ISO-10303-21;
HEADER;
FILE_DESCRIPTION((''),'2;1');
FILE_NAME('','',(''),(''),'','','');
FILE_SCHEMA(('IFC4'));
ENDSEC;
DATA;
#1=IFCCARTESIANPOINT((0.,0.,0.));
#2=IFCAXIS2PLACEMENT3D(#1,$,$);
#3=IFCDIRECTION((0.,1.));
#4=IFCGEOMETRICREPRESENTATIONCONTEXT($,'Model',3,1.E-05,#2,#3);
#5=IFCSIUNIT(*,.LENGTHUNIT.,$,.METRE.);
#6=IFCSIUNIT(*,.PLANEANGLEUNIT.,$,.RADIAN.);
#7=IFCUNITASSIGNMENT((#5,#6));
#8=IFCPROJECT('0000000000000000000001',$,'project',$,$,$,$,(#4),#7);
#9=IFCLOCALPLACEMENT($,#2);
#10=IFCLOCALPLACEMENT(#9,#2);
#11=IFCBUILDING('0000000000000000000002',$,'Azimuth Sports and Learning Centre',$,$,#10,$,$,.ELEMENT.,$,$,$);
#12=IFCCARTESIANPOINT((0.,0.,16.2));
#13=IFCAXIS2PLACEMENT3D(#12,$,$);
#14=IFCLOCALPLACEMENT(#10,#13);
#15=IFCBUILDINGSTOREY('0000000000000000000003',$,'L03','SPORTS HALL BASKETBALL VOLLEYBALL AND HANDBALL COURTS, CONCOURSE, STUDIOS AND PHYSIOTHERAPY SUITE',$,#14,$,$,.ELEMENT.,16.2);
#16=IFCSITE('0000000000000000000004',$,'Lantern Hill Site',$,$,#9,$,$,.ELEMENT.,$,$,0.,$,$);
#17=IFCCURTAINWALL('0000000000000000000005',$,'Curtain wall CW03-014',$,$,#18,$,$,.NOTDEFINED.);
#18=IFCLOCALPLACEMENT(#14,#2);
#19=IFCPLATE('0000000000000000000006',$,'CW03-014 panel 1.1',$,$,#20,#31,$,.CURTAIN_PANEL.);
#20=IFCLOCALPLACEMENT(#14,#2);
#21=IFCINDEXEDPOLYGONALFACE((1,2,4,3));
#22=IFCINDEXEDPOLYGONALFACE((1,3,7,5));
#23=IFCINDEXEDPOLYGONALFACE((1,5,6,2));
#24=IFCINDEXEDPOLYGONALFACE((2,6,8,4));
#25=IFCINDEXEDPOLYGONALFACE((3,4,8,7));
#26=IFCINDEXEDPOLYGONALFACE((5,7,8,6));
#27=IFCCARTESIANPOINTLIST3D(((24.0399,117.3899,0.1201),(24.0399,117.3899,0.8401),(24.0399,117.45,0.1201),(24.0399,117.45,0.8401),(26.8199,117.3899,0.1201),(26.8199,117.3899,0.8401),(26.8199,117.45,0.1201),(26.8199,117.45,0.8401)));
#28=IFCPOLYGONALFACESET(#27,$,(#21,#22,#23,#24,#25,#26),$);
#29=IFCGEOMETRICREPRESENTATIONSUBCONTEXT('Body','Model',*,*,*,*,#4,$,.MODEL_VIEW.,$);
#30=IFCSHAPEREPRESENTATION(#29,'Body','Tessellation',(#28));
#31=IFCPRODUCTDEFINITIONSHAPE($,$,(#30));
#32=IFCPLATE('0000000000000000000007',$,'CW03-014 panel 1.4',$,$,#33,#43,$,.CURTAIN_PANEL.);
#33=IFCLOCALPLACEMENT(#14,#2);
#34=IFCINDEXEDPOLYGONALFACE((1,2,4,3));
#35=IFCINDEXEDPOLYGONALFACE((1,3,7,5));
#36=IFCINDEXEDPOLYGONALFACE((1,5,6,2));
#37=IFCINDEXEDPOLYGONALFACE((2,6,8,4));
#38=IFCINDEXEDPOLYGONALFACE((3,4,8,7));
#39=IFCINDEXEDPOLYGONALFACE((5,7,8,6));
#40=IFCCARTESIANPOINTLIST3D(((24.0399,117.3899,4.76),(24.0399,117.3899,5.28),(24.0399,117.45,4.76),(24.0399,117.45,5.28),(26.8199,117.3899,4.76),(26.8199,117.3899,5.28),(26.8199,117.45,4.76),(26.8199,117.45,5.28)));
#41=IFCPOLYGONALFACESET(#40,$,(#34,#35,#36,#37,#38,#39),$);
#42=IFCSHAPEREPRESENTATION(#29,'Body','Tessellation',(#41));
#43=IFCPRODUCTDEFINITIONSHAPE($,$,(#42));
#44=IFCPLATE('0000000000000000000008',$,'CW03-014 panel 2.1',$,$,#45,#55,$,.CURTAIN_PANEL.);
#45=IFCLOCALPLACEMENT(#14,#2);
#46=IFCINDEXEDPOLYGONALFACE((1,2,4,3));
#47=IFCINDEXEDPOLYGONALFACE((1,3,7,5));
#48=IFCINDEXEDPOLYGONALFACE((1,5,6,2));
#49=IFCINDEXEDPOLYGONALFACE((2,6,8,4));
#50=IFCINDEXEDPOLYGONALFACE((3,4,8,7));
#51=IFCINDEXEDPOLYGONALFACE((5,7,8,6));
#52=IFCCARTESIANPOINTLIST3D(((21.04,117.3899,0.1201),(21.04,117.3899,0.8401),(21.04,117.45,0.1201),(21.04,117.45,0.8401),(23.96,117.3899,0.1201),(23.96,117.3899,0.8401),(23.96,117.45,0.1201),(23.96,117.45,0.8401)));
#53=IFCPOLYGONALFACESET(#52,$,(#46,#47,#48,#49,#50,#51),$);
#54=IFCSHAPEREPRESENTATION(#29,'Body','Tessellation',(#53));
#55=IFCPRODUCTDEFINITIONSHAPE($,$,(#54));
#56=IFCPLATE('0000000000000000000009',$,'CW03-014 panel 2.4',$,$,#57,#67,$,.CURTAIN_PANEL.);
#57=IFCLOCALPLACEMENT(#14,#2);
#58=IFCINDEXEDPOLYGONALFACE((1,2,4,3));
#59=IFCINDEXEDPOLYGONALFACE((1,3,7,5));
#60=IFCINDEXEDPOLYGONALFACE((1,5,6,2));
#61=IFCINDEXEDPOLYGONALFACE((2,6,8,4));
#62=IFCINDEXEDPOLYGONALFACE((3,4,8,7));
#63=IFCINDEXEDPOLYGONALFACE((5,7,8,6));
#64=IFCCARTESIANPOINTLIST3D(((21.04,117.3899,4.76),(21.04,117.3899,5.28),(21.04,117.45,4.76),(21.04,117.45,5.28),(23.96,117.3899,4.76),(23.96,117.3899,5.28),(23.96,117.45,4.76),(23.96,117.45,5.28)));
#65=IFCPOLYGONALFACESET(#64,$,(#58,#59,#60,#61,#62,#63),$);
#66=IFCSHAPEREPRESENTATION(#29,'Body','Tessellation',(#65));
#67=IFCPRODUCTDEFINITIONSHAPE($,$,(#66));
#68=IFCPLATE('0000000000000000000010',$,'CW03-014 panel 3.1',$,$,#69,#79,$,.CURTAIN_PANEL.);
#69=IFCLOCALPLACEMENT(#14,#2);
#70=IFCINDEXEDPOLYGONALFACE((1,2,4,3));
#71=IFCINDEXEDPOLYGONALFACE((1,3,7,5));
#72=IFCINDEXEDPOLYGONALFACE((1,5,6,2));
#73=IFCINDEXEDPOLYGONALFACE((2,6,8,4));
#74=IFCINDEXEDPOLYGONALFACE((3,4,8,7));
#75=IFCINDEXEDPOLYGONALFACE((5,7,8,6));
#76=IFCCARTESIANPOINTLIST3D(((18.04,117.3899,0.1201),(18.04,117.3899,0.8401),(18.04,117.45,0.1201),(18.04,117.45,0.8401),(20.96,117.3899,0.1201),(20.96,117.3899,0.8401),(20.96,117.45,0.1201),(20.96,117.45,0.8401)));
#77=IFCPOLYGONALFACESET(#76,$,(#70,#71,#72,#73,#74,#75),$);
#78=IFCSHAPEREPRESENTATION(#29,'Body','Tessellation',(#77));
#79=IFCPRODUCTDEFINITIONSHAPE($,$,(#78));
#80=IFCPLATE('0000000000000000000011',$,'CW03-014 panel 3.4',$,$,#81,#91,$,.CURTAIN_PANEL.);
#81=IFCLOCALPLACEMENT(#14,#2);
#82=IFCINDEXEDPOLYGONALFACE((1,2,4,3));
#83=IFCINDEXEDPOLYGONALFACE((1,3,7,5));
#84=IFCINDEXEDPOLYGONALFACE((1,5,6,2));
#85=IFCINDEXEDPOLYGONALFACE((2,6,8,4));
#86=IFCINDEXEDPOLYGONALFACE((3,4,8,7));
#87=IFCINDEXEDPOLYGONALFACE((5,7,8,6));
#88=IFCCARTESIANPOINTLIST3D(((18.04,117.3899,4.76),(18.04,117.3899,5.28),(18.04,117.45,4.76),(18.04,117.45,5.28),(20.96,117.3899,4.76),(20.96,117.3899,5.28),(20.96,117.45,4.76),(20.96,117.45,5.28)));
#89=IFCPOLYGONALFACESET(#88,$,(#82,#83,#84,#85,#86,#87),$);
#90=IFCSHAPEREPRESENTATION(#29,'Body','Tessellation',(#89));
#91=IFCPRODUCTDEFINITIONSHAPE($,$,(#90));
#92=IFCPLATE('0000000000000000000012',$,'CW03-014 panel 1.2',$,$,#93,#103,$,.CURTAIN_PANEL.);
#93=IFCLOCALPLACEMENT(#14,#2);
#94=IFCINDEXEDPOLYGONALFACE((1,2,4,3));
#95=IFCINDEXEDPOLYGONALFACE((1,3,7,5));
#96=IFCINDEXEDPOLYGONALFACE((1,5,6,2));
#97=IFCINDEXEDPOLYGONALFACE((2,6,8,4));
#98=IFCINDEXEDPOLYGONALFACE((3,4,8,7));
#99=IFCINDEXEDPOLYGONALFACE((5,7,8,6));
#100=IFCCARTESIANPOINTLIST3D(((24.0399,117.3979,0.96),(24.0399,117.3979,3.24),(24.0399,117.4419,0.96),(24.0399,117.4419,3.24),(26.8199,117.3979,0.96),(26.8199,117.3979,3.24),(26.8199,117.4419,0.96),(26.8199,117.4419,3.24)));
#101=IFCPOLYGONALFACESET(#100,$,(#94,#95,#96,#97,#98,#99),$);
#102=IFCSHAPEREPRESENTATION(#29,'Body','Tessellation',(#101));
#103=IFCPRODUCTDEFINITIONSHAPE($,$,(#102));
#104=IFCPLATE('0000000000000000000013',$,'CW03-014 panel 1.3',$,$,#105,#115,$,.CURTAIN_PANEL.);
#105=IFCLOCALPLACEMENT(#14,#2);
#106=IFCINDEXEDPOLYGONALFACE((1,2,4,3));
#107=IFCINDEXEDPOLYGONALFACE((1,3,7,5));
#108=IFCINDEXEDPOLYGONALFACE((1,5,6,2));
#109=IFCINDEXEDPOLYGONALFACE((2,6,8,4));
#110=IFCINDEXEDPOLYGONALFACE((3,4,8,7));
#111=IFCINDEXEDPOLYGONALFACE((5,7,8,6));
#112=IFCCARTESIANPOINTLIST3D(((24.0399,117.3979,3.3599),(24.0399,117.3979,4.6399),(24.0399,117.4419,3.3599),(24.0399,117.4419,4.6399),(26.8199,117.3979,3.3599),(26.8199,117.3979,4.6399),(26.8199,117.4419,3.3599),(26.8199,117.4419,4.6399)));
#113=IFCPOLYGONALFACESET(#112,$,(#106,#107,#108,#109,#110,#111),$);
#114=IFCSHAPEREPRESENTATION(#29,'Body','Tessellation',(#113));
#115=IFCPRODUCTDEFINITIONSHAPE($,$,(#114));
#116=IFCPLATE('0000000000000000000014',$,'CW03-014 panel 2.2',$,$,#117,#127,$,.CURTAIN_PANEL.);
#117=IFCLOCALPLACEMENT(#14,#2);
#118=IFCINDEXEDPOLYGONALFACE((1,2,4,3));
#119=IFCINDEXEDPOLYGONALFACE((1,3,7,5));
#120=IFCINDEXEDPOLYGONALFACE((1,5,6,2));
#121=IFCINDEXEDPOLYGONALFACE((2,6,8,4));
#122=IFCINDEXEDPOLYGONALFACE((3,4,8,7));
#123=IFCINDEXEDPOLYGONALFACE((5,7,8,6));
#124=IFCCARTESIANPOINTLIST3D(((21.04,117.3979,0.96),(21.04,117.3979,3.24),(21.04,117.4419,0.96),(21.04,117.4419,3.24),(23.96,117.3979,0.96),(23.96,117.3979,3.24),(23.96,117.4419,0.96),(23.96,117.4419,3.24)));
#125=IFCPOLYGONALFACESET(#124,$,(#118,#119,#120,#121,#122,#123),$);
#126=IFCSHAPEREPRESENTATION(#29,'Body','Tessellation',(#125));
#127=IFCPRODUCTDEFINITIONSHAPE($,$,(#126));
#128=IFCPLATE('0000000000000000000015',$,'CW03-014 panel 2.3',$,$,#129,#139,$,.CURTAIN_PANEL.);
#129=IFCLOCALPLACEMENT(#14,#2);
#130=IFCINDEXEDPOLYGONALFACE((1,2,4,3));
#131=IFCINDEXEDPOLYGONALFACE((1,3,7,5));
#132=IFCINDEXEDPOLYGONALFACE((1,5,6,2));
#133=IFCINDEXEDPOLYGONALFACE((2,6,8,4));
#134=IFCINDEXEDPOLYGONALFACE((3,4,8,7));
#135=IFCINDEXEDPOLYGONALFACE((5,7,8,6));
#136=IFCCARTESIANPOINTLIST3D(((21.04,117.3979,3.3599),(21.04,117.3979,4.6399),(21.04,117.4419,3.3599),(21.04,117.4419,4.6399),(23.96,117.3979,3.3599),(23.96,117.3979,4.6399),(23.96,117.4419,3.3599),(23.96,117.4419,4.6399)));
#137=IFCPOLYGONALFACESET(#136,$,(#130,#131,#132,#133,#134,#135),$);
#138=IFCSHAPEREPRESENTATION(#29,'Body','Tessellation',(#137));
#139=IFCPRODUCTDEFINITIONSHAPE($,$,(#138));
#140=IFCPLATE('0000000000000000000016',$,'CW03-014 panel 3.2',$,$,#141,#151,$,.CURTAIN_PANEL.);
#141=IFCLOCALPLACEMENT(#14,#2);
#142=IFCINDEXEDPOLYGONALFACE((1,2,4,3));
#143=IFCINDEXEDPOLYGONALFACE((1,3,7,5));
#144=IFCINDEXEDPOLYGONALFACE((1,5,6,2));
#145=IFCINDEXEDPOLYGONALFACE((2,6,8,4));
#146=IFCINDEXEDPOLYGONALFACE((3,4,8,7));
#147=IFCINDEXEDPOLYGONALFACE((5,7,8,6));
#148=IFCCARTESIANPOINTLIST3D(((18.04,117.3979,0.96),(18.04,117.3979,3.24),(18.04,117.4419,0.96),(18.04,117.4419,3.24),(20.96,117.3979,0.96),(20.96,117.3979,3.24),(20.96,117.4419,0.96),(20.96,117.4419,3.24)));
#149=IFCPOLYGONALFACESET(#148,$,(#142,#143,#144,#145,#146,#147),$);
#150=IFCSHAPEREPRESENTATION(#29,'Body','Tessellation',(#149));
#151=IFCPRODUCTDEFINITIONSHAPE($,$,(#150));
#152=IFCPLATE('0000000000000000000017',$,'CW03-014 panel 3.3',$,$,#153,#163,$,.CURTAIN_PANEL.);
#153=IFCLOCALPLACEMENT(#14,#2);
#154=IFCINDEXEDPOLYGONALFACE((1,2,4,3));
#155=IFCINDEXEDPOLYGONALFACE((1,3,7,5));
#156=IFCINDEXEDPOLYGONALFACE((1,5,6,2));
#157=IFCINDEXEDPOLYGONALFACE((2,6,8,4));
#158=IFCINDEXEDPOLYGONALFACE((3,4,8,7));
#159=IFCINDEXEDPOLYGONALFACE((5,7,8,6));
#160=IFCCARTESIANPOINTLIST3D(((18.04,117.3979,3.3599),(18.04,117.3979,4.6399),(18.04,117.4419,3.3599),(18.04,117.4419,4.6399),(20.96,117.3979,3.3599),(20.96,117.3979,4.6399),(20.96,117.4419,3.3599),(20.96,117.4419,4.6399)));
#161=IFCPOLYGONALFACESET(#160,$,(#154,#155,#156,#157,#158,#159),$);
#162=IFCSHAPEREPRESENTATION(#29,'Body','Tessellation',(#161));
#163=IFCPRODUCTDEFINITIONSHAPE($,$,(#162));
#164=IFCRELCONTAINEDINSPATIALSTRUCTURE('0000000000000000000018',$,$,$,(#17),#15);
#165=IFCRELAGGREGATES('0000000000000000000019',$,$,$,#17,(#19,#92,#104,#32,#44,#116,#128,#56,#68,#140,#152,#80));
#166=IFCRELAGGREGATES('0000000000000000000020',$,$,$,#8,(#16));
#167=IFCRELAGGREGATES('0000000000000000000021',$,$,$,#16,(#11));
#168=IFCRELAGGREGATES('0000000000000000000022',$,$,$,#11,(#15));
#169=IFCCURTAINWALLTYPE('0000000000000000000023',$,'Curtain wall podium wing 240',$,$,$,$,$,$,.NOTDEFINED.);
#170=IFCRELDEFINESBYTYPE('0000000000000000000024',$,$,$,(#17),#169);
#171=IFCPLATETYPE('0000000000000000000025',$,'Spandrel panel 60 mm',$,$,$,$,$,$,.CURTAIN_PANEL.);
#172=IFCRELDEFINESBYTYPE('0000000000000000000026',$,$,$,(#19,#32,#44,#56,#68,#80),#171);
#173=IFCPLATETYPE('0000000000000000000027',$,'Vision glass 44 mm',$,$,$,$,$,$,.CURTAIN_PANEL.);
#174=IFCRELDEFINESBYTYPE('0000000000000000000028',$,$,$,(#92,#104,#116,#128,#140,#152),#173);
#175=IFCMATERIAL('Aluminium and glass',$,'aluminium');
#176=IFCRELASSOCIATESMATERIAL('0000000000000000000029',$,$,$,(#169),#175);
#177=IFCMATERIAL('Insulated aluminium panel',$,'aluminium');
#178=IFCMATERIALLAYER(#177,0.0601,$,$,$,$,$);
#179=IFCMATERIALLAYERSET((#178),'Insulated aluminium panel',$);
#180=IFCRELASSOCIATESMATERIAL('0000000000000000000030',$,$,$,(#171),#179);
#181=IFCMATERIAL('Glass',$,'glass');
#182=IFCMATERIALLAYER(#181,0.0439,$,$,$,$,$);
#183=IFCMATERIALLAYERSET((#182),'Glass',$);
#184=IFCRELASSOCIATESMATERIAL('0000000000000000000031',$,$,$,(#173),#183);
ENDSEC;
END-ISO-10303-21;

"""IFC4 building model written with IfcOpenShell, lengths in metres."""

from ifc_helpers import new_model, si_unit, direction, frame, origin, origin_2d, place, context, subcontext, project, spatial, rectangle, extrude, material, layer, layer_set, type_object, element, aggregate, save


model = new_model("IFC4")

# Units and contexts
model_context = context("Model", 3, precision=1e-05, world=origin(), true_north=direction((0.0, 1.0)))
body_context = subcontext(model_context, "Body", "Model", "MODEL_VIEW")
ifc_project = project(units=[si_unit("LENGTHUNIT", "METRE"), si_unit("PLANEANGLEUNIT", "RADIAN")], contexts=[model_context])

# Site, building, storey
site_placement = place(None, origin())
site = spatial("IfcSite", under=ifc_project, at=site_placement, Name="Lantern Hill Site", CompositionType="ELEMENT", RefElevation=0.0)
building_placement = place(site_placement, origin())
building = spatial("IfcBuilding", under=site, at=building_placement, Name="Azimuth Sports and Learning Centre", CompositionType="ELEMENT")
storey_placement = place(building_placement, frame((0.0, 0.0, 16.2)))
storey = spatial("IfcBuildingStorey", under=building, at=storey_placement, Name="L03", Description="SPORTS HALL BASKETBALL VOLLEYBALL AND HANDBALL COURTS, CONCOURSE, STUDIOS AND PHYSIOTHERAPY SUITE", CompositionType="ELEMENT", Elevation=16.2)

# Curtain wall, plates
ifc_material_1 = material(Name="Aluminium and glass", Category="aluminium")
curtain_wall_type = type_object("IfcCurtainWallType", Name="Curtain wall podium wing 240", PredefinedType="NOTDEFINED", material=ifc_material_1)
curtain_wall_placement = place(storey_placement, origin())
curtain_wall = element("IfcCurtainWall", 1, at=curtain_wall_placement, inside=storey, type_object=curtain_wall_type, Name="Curtain wall CW03-014", PredefinedType="NOTDEFINED")
ifc_material_2 = material(Name="Insulated aluminium panel", Category="aluminium")
ifc_layer_1 = layer(ifc_material_2, 0.0601)
ifc_layer_set_1 = layer_set([ifc_layer_1], Name="Insulated aluminium panel")
plate_type_1 = type_object("IfcPlateType", Name="Spandrel panel 60 mm", PredefinedType="CURTAIN_PANEL", material=ifc_layer_set_1)
plate_1_placement = place(storey_placement, frame((25.4299, 117.4199, 0.1201), z_axis=(0.0, 0.0, 1.0), x_axis=(-1.0, 0.0, 0.0)))
plate_1 = element("IfcPlate", 2, at=plate_1_placement, type_object=plate_type_1, Name="CW03-014 panel 1.1", PredefinedType="CURTAIN_PANEL", context=body_context, shape_type="SweptSolid", body=[
    extrude(rectangle(XDim=2.78, YDim=0.0601, at=origin_2d()), origin(), (0.0, 0.0, 1.0), 0.72),
])
plate_2_placement = place(storey_placement, frame((25.4299, 117.4199, 4.76), z_axis=(0.0, 0.0, 1.0), x_axis=(-1.0, 0.0, 0.0)))
plate_2 = element("IfcPlate", 3, at=plate_2_placement, type_object=plate_type_1, Name="CW03-014 panel 1.4", PredefinedType="CURTAIN_PANEL", context=body_context, shape_type="SweptSolid", body=[
    extrude(rectangle(XDim=2.78, YDim=0.0601, at=origin_2d()), origin(), (0.0, 0.0, 1.0), 0.52),
])
plate_3_placement = place(storey_placement, frame((22.5, 117.4199, 0.1201), z_axis=(0.0, 0.0, 1.0), x_axis=(-1.0, 0.0, 0.0)))
plate_3 = element("IfcPlate", 4, at=plate_3_placement, type_object=plate_type_1, Name="CW03-014 panel 2.1", PredefinedType="CURTAIN_PANEL", context=body_context, shape_type="SweptSolid", body=[
    extrude(rectangle(XDim=2.9199, YDim=0.0601, at=origin_2d()), origin(), (0.0, 0.0, 1.0), 0.72),
])
plate_4_placement = place(storey_placement, frame((22.5, 117.4199, 4.76), z_axis=(0.0, 0.0, 1.0), x_axis=(-1.0, 0.0, 0.0)))
plate_4 = element("IfcPlate", 5, at=plate_4_placement, type_object=plate_type_1, Name="CW03-014 panel 2.4", PredefinedType="CURTAIN_PANEL", context=body_context, shape_type="SweptSolid", body=[
    extrude(rectangle(XDim=2.9199, YDim=0.0601, at=origin_2d()), origin(), (0.0, 0.0, 1.0), 0.52),
])
plate_5_placement = place(storey_placement, frame((19.5, 117.4199, 0.1201), z_axis=(0.0, 0.0, 1.0), x_axis=(-1.0, 0.0, 0.0)))
plate_5 = element("IfcPlate", 6, at=plate_5_placement, type_object=plate_type_1, Name="CW03-014 panel 3.1", PredefinedType="CURTAIN_PANEL", context=body_context, shape_type="SweptSolid", body=[
    extrude(rectangle(XDim=2.9199, YDim=0.0601, at=origin_2d()), origin(), (0.0, 0.0, 1.0), 0.72),
])
plate_6_placement = place(storey_placement, frame((19.5, 117.4199, 4.76), z_axis=(0.0, 0.0, 1.0), x_axis=(-1.0, 0.0, 0.0)))
plate_6 = element("IfcPlate", 7, at=plate_6_placement, type_object=plate_type_1, Name="CW03-014 panel 3.4", PredefinedType="CURTAIN_PANEL", context=body_context, shape_type="SweptSolid", body=[
    extrude(rectangle(XDim=2.9199, YDim=0.0601, at=origin_2d()), origin(), (0.0, 0.0, 1.0), 0.52),
])
ifc_material_3 = material(Name="Glass", Category="glass")
ifc_layer_2 = layer(ifc_material_3, 0.0439)
ifc_layer_set_2 = layer_set([ifc_layer_2], Name="Glass")
plate_type_2 = type_object("IfcPlateType", Name="Vision glass 44 mm", PredefinedType="CURTAIN_PANEL", material=ifc_layer_set_2)
plate_7_placement = place(storey_placement, frame((25.4299, 117.4199, 0.96), z_axis=(0.0, 0.0, 1.0), x_axis=(-1.0, 0.0, 0.0)))
plate_7 = element("IfcPlate", 8, at=plate_7_placement, type_object=plate_type_2, Name="CW03-014 panel 1.2", PredefinedType="CURTAIN_PANEL", context=body_context, shape_type="SweptSolid", body=[
    extrude(rectangle(XDim=2.78, YDim=0.0439, at=origin_2d()), origin(), (0.0, 0.0, 1.0), 2.28),
])
plate_8_placement = place(storey_placement, frame((25.4299, 117.4199, 3.3599), z_axis=(0.0, 0.0, 1.0), x_axis=(-1.0, 0.0, 0.0)))
plate_8 = element("IfcPlate", 9, at=plate_8_placement, type_object=plate_type_2, Name="CW03-014 panel 1.3", PredefinedType="CURTAIN_PANEL", context=body_context, shape_type="SweptSolid", body=[
    extrude(rectangle(XDim=2.78, YDim=0.0439, at=origin_2d()), origin(), (0.0, 0.0, 1.0), 1.28),
])
plate_9_placement = place(storey_placement, frame((22.5, 117.4199, 0.96), z_axis=(0.0, 0.0, 1.0), x_axis=(-1.0, 0.0, 0.0)))
plate_9 = element("IfcPlate", 10, at=plate_9_placement, type_object=plate_type_2, Name="CW03-014 panel 2.2", PredefinedType="CURTAIN_PANEL", context=body_context, shape_type="SweptSolid", body=[
    extrude(rectangle(XDim=2.9199, YDim=0.0439, at=origin_2d()), origin(), (0.0, 0.0, 1.0), 2.28),
])
plate_10_placement = place(storey_placement, frame((22.5, 117.4199, 3.3599), z_axis=(0.0, 0.0, 1.0), x_axis=(-1.0, 0.0, 0.0)))
plate_10 = element("IfcPlate", 11, at=plate_10_placement, type_object=plate_type_2, Name="CW03-014 panel 2.3", PredefinedType="CURTAIN_PANEL", context=body_context, shape_type="SweptSolid", body=[
    extrude(rectangle(XDim=2.9199, YDim=0.0439, at=origin_2d()), origin(), (0.0, 0.0, 1.0), 1.28),
])
plate_11_placement = place(storey_placement, frame((19.5, 117.4199, 0.96), z_axis=(0.0, 0.0, 1.0), x_axis=(-1.0, 0.0, 0.0)))
plate_11 = element("IfcPlate", 12, at=plate_11_placement, type_object=plate_type_2, Name="CW03-014 panel 3.2", PredefinedType="CURTAIN_PANEL", context=body_context, shape_type="SweptSolid", body=[
    extrude(rectangle(XDim=2.9199, YDim=0.0439, at=origin_2d()), origin(), (0.0, 0.0, 1.0), 2.28),
])
plate_12_placement = place(storey_placement, frame((19.5, 117.4199, 3.3599), z_axis=(0.0, 0.0, 1.0), x_axis=(-1.0, 0.0, 0.0)))
plate_12 = element("IfcPlate", 13, at=plate_12_placement, type_object=plate_type_2, Name="CW03-014 panel 3.3", PredefinedType="CURTAIN_PANEL", context=body_context, shape_type="SweptSolid", body=[
    extrude(rectangle(XDim=2.9199, YDim=0.0439, at=origin_2d()), origin(), (0.0, 0.0, 1.0), 1.28),
])
aggregate(curtain_wall, [plate_1, plate_7, plate_8, plate_2, plate_3, plate_9, plate_10, plate_4, plate_5, plate_11, plate_12, plate_6])

save(model, "model.ifc")
